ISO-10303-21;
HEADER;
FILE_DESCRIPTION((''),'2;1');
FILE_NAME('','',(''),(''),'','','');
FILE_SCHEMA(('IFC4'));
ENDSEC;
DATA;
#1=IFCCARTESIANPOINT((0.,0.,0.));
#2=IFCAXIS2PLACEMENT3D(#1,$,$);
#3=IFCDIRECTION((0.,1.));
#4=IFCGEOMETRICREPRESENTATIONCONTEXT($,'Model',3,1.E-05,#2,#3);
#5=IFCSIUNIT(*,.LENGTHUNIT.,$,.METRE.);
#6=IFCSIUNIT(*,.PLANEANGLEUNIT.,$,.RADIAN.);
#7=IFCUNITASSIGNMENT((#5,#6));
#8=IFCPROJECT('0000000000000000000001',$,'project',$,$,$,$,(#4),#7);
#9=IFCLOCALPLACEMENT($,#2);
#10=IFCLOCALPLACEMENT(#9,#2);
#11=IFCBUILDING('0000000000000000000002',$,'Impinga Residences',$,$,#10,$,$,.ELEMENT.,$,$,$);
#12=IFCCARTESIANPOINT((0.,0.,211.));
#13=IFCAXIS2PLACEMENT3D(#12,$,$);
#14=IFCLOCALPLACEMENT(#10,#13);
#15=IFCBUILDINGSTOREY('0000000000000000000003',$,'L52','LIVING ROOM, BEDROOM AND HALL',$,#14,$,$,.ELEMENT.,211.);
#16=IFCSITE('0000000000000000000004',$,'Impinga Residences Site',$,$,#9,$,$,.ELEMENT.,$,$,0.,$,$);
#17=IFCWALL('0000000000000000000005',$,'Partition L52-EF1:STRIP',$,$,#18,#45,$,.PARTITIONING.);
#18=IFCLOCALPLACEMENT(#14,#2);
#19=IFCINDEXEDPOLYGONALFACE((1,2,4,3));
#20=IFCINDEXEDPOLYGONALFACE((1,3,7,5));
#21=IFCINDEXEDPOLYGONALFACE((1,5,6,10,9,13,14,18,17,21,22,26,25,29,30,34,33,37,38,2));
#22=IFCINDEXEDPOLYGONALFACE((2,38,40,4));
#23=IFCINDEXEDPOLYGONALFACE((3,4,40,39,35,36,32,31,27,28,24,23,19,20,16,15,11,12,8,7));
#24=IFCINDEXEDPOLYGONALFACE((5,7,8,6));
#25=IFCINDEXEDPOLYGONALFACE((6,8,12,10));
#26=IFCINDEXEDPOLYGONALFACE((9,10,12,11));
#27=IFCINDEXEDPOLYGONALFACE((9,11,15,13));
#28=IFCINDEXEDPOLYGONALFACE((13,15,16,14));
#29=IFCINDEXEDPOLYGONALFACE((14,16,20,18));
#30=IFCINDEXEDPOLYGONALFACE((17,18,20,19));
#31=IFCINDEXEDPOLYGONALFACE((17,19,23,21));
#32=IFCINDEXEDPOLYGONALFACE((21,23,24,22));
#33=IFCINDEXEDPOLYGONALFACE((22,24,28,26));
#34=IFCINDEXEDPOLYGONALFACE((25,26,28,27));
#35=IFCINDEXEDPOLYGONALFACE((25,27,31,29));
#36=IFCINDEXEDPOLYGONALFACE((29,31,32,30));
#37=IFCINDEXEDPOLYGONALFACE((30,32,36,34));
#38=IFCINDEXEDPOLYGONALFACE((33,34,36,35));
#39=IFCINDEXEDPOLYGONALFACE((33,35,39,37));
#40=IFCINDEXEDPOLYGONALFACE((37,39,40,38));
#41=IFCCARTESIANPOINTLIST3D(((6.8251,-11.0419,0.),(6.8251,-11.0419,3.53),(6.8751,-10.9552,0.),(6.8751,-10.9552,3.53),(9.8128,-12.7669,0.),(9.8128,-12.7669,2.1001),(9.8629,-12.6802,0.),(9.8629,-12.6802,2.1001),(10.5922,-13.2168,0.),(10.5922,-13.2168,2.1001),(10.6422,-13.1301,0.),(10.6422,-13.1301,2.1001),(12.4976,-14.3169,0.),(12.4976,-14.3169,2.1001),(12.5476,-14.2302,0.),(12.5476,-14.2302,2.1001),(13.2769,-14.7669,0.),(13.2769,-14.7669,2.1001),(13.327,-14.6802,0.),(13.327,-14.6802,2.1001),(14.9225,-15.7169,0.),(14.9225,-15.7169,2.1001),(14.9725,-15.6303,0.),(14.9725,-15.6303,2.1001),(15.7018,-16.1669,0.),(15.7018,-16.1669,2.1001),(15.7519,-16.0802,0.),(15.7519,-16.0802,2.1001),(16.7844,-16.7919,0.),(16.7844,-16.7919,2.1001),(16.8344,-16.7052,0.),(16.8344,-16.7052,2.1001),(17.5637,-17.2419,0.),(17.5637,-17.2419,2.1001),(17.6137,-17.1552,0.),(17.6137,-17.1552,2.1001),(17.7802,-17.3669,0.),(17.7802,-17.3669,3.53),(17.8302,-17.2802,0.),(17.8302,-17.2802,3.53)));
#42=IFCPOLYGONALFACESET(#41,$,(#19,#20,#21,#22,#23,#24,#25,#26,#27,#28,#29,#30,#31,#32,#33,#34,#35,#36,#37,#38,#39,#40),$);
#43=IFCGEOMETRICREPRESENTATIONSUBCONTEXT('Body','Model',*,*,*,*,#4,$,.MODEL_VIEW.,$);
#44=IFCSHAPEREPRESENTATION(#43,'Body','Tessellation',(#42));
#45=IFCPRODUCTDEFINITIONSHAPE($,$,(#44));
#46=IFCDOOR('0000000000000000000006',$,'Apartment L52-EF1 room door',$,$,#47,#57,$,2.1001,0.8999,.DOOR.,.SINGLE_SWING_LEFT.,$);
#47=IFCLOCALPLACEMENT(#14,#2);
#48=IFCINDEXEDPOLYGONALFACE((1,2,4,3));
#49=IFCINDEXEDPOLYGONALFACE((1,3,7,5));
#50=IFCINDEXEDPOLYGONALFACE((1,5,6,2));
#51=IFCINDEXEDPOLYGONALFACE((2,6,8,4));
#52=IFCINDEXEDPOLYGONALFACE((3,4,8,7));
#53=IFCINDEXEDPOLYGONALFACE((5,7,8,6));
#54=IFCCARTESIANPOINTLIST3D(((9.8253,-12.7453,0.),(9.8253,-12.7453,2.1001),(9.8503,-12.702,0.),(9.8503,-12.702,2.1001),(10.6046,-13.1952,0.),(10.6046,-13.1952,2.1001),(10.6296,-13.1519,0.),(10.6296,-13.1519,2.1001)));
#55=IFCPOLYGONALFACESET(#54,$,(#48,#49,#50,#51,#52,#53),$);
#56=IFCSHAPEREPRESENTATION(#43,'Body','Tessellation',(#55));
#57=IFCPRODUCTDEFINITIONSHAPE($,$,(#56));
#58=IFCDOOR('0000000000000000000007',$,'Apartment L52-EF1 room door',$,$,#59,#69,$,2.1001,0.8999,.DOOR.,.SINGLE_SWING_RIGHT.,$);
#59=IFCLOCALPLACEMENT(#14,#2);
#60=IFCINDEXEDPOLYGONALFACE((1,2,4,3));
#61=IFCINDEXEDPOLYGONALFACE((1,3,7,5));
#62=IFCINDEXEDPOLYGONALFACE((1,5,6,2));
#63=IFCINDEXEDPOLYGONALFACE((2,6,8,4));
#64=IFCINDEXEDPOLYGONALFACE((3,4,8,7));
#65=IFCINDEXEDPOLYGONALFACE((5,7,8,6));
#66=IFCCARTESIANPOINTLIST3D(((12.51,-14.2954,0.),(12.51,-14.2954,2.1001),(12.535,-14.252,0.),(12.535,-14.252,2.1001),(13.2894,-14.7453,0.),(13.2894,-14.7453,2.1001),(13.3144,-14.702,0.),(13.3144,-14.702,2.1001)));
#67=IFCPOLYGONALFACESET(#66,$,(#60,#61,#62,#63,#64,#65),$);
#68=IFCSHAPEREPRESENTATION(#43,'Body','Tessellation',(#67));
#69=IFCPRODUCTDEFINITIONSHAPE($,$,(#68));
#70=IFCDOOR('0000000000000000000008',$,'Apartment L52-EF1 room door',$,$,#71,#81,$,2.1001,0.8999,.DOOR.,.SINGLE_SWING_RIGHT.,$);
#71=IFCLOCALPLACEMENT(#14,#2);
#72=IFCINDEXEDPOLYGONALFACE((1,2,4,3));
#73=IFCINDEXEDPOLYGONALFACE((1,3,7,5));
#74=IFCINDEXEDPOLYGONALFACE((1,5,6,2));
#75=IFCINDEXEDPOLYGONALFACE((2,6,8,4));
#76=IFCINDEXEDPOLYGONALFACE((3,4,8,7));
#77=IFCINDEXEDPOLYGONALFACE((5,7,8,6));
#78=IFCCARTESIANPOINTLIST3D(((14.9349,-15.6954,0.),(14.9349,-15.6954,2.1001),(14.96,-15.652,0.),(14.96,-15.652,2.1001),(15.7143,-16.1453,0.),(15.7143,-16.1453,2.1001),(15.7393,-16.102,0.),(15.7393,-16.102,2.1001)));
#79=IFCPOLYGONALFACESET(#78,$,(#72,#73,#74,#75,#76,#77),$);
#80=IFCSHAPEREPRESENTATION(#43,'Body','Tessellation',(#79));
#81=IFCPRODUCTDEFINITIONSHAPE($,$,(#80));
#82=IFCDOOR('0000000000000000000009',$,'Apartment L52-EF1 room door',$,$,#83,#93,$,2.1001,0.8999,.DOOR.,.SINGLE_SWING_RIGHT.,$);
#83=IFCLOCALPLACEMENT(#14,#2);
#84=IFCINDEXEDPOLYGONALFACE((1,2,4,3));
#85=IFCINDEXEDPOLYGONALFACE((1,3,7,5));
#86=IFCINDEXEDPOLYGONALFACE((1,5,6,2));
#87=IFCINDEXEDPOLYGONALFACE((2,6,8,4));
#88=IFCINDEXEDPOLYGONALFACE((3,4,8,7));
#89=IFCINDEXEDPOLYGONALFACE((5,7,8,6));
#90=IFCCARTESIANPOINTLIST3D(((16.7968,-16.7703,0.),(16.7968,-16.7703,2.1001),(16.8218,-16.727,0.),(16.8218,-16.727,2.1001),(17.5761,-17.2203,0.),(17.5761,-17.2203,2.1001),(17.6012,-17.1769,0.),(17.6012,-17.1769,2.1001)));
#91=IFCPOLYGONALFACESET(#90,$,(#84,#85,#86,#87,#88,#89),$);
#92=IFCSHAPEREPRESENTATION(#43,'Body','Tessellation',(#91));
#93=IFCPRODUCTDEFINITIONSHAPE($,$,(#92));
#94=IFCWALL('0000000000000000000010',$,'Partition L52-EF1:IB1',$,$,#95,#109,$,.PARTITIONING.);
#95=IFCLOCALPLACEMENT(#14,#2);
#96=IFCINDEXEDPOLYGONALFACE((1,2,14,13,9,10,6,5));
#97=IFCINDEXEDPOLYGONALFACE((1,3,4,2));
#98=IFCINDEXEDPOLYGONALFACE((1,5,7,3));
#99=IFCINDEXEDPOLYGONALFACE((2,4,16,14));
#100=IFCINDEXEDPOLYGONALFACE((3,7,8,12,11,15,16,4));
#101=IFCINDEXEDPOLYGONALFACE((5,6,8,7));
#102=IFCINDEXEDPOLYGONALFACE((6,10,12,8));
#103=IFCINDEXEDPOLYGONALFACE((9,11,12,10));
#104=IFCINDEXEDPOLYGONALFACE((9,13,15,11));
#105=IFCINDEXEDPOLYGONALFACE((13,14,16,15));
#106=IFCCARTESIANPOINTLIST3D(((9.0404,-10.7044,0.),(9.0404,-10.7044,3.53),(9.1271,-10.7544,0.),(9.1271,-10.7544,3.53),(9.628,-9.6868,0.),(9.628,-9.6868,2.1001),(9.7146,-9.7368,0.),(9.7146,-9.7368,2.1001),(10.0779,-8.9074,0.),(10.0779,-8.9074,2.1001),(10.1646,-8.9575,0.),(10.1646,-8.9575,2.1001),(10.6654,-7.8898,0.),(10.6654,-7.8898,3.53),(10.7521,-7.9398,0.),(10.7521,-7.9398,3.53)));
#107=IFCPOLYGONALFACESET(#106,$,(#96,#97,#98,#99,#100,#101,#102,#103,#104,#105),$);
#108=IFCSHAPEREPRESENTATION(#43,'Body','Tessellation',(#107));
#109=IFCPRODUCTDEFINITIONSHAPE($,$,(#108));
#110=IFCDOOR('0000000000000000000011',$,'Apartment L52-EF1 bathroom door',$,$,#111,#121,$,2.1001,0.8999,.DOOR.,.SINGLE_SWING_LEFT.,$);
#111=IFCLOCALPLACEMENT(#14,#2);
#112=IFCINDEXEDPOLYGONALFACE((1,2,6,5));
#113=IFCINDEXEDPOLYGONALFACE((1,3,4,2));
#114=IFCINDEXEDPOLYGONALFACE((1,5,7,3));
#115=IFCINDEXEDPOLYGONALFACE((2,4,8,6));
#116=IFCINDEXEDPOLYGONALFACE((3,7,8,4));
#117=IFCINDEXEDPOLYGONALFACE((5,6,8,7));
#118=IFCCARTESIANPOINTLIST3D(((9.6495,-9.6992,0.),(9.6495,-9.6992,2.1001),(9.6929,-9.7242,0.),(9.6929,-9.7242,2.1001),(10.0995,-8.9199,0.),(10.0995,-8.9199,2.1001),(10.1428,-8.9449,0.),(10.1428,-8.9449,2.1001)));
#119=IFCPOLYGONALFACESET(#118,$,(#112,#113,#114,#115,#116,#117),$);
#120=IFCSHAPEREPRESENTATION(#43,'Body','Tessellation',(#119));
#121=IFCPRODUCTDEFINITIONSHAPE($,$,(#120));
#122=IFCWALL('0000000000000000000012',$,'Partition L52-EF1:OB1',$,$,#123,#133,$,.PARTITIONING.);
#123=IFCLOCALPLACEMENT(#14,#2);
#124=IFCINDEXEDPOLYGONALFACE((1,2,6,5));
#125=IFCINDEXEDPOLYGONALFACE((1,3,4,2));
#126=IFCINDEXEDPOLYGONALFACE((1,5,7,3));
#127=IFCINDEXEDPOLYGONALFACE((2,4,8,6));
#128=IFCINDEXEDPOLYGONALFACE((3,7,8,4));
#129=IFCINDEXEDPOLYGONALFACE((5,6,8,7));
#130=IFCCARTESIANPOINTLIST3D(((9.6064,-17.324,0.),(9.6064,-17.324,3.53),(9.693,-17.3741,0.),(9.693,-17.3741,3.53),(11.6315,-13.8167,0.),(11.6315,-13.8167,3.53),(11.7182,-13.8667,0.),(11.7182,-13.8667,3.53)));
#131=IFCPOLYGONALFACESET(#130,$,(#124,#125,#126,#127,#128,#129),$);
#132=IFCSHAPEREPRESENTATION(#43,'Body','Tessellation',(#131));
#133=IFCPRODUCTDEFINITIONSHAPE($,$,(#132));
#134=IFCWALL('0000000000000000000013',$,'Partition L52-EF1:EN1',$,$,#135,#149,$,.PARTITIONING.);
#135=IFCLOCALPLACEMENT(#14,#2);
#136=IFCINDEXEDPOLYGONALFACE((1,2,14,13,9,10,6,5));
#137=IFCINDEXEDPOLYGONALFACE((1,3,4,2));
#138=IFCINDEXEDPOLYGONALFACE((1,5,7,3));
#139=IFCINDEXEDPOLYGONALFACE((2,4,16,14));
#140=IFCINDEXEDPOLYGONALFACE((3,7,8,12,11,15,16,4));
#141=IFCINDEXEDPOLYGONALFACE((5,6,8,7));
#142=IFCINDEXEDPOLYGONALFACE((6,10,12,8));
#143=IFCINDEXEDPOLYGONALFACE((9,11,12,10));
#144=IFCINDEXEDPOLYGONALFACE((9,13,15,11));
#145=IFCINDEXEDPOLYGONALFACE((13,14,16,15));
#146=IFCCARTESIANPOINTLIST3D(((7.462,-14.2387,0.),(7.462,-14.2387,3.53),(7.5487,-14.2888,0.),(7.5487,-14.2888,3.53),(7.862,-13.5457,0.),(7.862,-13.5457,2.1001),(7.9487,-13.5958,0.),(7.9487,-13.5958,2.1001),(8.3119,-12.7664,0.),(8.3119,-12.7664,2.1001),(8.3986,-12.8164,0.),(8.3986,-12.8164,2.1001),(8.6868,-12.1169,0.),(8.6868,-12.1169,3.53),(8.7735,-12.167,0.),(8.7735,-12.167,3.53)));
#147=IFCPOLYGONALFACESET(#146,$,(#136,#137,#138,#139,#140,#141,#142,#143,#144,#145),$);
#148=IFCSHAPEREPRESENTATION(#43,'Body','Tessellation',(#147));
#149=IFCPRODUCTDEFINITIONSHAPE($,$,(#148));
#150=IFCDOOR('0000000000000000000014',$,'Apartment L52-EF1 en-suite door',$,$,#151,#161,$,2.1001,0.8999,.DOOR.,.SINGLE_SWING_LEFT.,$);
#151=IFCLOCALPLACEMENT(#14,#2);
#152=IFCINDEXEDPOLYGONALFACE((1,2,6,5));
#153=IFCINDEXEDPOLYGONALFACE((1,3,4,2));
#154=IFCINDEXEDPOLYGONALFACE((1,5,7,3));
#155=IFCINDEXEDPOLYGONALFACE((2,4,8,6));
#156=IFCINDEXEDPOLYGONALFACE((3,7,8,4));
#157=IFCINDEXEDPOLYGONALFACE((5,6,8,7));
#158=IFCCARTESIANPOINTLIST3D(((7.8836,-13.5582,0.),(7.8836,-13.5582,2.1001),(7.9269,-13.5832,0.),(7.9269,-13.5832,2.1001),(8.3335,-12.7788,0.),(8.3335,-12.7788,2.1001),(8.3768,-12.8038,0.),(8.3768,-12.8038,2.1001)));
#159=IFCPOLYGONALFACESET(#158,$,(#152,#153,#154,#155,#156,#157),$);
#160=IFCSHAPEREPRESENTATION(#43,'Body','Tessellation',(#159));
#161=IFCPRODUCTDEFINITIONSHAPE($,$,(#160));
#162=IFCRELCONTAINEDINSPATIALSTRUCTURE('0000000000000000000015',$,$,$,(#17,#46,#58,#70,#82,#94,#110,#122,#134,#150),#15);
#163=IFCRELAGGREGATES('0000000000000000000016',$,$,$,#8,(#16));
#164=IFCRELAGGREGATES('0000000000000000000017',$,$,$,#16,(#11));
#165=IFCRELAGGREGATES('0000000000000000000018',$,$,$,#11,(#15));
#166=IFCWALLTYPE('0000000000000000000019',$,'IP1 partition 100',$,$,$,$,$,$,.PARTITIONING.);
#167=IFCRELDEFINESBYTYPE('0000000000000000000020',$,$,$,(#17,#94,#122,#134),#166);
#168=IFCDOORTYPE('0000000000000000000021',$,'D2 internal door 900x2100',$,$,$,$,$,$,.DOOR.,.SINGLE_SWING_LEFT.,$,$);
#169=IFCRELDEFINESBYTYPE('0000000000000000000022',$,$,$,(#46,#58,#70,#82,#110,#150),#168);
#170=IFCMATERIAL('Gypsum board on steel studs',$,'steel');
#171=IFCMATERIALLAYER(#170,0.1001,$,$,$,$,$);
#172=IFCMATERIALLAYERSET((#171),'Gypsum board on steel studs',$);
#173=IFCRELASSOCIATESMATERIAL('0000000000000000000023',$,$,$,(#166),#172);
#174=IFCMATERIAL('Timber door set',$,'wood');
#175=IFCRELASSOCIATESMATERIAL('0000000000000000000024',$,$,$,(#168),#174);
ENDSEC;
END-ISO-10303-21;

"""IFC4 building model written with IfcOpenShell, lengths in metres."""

from ifc_helpers import new_model, si_unit, direction, frame, frame_2d, origin, place, context, subcontext, project, spatial, rectangle, extrude, material, layer, layer_set, type_object, element, fill, save


model = new_model("IFC4")

# Units and contexts
model_context = context("Model", 3, precision=1e-05, world=origin(), true_north=direction((0.0, 1.0)))
body_context = subcontext(model_context, "Body", "Model", "MODEL_VIEW")
ifc_project = project(units=[si_unit("LENGTHUNIT", "METRE"), si_unit("PLANEANGLEUNIT", "RADIAN")], contexts=[model_context])

# Site, building, storey
site_placement = place(None, origin())
site = spatial("IfcSite", under=ifc_project, at=site_placement, Name="Impinga Residences Site", CompositionType="ELEMENT", RefElevation=0.0)
building_placement = place(site_placement, origin())
building = spatial("IfcBuilding", under=site, at=building_placement, Name="Impinga Residences", CompositionType="ELEMENT")
storey_placement = place(building_placement, frame((0.0, 0.0, 211.0)))
storey = spatial("IfcBuildingStorey", under=building, at=storey_placement, Name="L52", Description="LIVING ROOM, BEDROOM AND HALL", CompositionType="ELEMENT", Elevation=211.0)

# Shared definitions
ifc_material_1 = material(Name="Timber door set", Category="wood")

# Shared definitions
ifc_material_2 = material(Name="Gypsum board on steel studs", Category="steel")
ifc_layer_1 = layer(ifc_material_2, 0.1001)
ifc_layer_set_1 = layer_set([ifc_layer_1], Name="Gypsum board on steel studs")
wall_type_1 = type_object("IfcWallType", Name="IP1 partition 100", PredefinedType="PARTITIONING", material=ifc_layer_set_1)

# Wall, openings, doors
wall_1_placement = place(storey_placement, frame((6.8501, -10.9985, 0.0), z_axis=(0.0, 0.0, 1.0), x_axis=(0.866024, -0.500002, 0.0)))
wall_1 = element("IfcWall", 1, at=wall_1_placement, inside=storey, type_object=wall_type_1, Name="Partition L52-EF1:STRIP", PredefinedType="PARTITIONING", context=body_context, shape_type="SweptSolid", body=[
    extrude(rectangle(XDim=12.6499, YDim=0.1001, at=frame_2d((6.325, 0.0))), origin(), (0.0, 0.0, 1.0), 3.53),
])
opening_1_placement = place(wall_1_placement, frame((3.45, 0.0, 0.0)))
opening_1 = element("IfcOpeningElement", 2, at=opening_1_placement, cuts=wall_1, PredefinedType="OPENING", context=body_context, shape_type="SweptSolid", body=[
    extrude(rectangle(XDim=0.8999, YDim=2.1001, at=frame_2d((0.45, 1.05))), frame((0.0, 0.0601, 0.0), z_axis=(0.0, -1.0, 0.0), x_axis=(1.0, 0.0, 0.0)), (0.0, 0.0, 1.0), 0.1201),
])
opening_2_placement = place(wall_1_placement, frame((6.55, 0.0, 0.0)))
opening_2 = element("IfcOpeningElement", 3, at=opening_2_placement, cuts=wall_1, PredefinedType="OPENING", context=body_context, shape_type="SweptSolid", body=[
    extrude(rectangle(XDim=0.8999, YDim=2.1001, at=frame_2d((0.45, 1.05))), frame((0.0, 0.0601, 0.0), z_axis=(0.0, -1.0, 0.0), x_axis=(1.0, 0.0, 0.0)), (0.0, 0.0, 1.0), 0.1201),
])
opening_3_placement = place(wall_1_placement, frame((9.3501, 0.0, 0.0)))
opening_3 = element("IfcOpeningElement", 4, at=opening_3_placement, cuts=wall_1, PredefinedType="OPENING", context=body_context, shape_type="SweptSolid", body=[
    extrude(rectangle(XDim=0.8999, YDim=2.1001, at=frame_2d((0.45, 1.05))), frame((0.0, 0.0601, 0.0), z_axis=(0.0, -1.0, 0.0), x_axis=(1.0, 0.0, 0.0)), (0.0, 0.0, 1.0), 0.1201),
])
opening_4_placement = place(wall_1_placement, frame((11.5, 0.0, 0.0)))
opening_4 = element("IfcOpeningElement", 5, at=opening_4_placement, cuts=wall_1, PredefinedType="OPENING", context=body_context, shape_type="SweptSolid", body=[
    extrude(rectangle(XDim=0.8999, YDim=2.1001, at=frame_2d((0.45, 1.05))), frame((0.0, 0.0601, 0.0), z_axis=(0.0, -1.0, 0.0), x_axis=(1.0, 0.0, 0.0)), (0.0, 0.0, 1.0), 0.1201),
])
door_type_1 = type_object("IfcDoorType", Name="D2 internal door 900x2100", OperationType="SINGLE_SWING_LEFT", PredefinedType="DOOR", material=ifc_material_1)
door_1_placement = place(opening_1_placement, origin())
door_1 = element("IfcDoor", 6, at=door_1_placement, inside=storey, type_object=door_type_1, Name="Apartment L52-EF1 room door", OperationType="SINGLE_SWING_LEFT", OverallHeight=2.1001, OverallWidth=0.8999, PredefinedType="DOOR", context=body_context, shape_type="SweptSolid", body=[
    extrude(rectangle(XDim=0.8999, YDim=2.1001, at=frame_2d((0.45, 1.05))), frame((0.0, 0.0249, 0.0), z_axis=(0.0, -1.0, 0.0), x_axis=(1.0, 0.0, 0.0)), (0.0, 0.0, 1.0), 0.05),
])
fill(opening_1, door_1)
door_2_placement = place(opening_2_placement, origin())
door_2 = element("IfcDoor", 7, at=door_2_placement, inside=storey, type_object=door_type_1, Name="Apartment L52-EF1 room door", OperationType="SINGLE_SWING_RIGHT", OverallHeight=2.1001, OverallWidth=0.8999, PredefinedType="DOOR", context=body_context, shape_type="SweptSolid", body=[
    extrude(rectangle(XDim=0.8999, YDim=2.1001, at=frame_2d((0.45, 1.05))), frame((0.0, 0.0249, 0.0), z_axis=(0.0, -1.0, 0.0), x_axis=(1.0, 0.0, 0.0)), (0.0, 0.0, 1.0), 0.05),
])
fill(opening_2, door_2)
door_3_placement = place(opening_3_placement, origin())
door_3 = element("IfcDoor", 8, at=door_3_placement, inside=storey, type_object=door_type_1, Name="Apartment L52-EF1 room door", OperationType="SINGLE_SWING_RIGHT", OverallHeight=2.1001, OverallWidth=0.8999, PredefinedType="DOOR", context=body_context, shape_type="SweptSolid", body=[
    extrude(rectangle(XDim=0.8999, YDim=2.1001, at=frame_2d((0.45, 1.05))), frame((0.0, 0.0249, 0.0), z_axis=(0.0, -1.0, 0.0), x_axis=(1.0, 0.0, 0.0)), (0.0, 0.0, 1.0), 0.05),
])
fill(opening_3, door_3)
door_4_placement = place(opening_4_placement, origin())
door_4 = element("IfcDoor", 9, at=door_4_placement, inside=storey, type_object=door_type_1, Name="Apartment L52-EF1 room door", OperationType="SINGLE_SWING_RIGHT", OverallHeight=2.1001, OverallWidth=0.8999, PredefinedType="DOOR", context=body_context, shape_type="SweptSolid", body=[
    extrude(rectangle(XDim=0.8999, YDim=2.1001, at=frame_2d((0.45, 1.05))), frame((0.0, 0.0249, 0.0), z_axis=(0.0, -1.0, 0.0), x_axis=(1.0, 0.0, 0.0)), (0.0, 0.0, 1.0), 0.05),
])
fill(opening_4, door_4)

# Wall, opening, door
wall_2_placement = place(storey_placement, frame((10.7087, -7.9148, 0.0), z_axis=(0.0, 0.0, 1.0), x_axis=(-0.499985, -0.866034, 0.0)))
wall_2 = element("IfcWall", 10, at=wall_2_placement, inside=storey, type_object=wall_type_1, Name="Partition L52-EF1:IB1", PredefinedType="PARTITIONING", context=body_context, shape_type="SweptSolid", body=[
    extrude(rectangle(XDim=3.25, YDim=0.1001, at=frame_2d((1.625, 0.0))), origin(), (0.0, 0.0, 1.0), 3.53),
])
opening_5_placement = place(wall_2_placement, frame((1.175, 0.0, 0.0)))
opening_5 = element("IfcOpeningElement", 11, at=opening_5_placement, cuts=wall_2, PredefinedType="OPENING", context=body_context, shape_type="SweptSolid", body=[
    extrude(rectangle(XDim=0.8999, YDim=2.1001, at=frame_2d((0.45, 1.05))), frame((0.0, 0.0601, 0.0), z_axis=(0.0, -1.0, 0.0), x_axis=(1.0, 0.0, 0.0)), (0.0, 0.0, 1.0), 0.1201),
])
door_5_placement = place(opening_5_placement, origin())
door_5 = element("IfcDoor", 12, at=door_5_placement, inside=storey, type_object=door_type_1, Name="Apartment L52-EF1 bathroom door", OperationType="SINGLE_SWING_LEFT", OverallHeight=2.1001, OverallWidth=0.8999, PredefinedType="DOOR", context=body_context, shape_type="SweptSolid", body=[
    extrude(rectangle(XDim=0.8999, YDim=2.1001, at=frame_2d((0.45, 1.05))), frame((0.0, 0.0249, 0.0), z_axis=(0.0, -1.0, 0.0), x_axis=(1.0, 0.0, 0.0)), (0.0, 0.0, 1.0), 0.05),
])
fill(opening_5, door_5)

# Wall
wall_3_placement = place(storey_placement, frame((11.6748, -13.8418, 0.0), z_axis=(0.0, 0.0, 1.0), x_axis=(-0.500036, -0.866005, 0.0)))
element("IfcWall", 13, at=wall_3_placement, inside=storey, type_object=wall_type_1, Name="Partition L52-EF1:OB1", PredefinedType="PARTITIONING", context=body_context, shape_type="SweptSolid", body=[
    extrude(rectangle(XDim=4.05, YDim=0.1001, at=frame_2d((2.0249, 0.0))), origin(), (0.0, 0.0, 1.0), 3.53),
])

# Wall, opening, door
wall_4_placement = place(storey_placement, frame((8.7302, -12.1418, 0.0), z_axis=(0.0, 0.0, 1.0), x_axis=(-0.499944, -0.866058, 0.0)))
wall_4 = element("IfcWall", 14, at=wall_4_placement, inside=storey, type_object=wall_type_1, Name="Partition L52-EF1:EN1", PredefinedType="PARTITIONING", context=body_context, shape_type="SweptSolid", body=[
    extrude(rectangle(XDim=2.45, YDim=0.1001, at=frame_2d((1.2251, 0.0))), origin(), (0.0, 0.0, 1.0), 3.53),
])
opening_6_placement = place(wall_4_placement, frame((0.75, 0.0, 0.0)))
opening_6 = element("IfcOpeningElement", 15, at=opening_6_placement, cuts=wall_4, PredefinedType="OPENING", context=body_context, shape_type="SweptSolid", body=[
    extrude(rectangle(XDim=0.8999, YDim=2.1001, at=frame_2d((0.45, 1.05))), frame((0.0, 0.0601, 0.0), z_axis=(0.0, -1.0, 0.0), x_axis=(1.0, 0.0, 0.0)), (0.0, 0.0, 1.0), 0.1201),
])
door_6_placement = place(opening_6_placement, origin())
door_6 = element("IfcDoor", 16, at=door_6_placement, inside=storey, type_object=door_type_1, Name="Apartment L52-EF1 en-suite door", OperationType="SINGLE_SWING_LEFT", OverallHeight=2.1001, OverallWidth=0.8999, PredefinedType="DOOR", context=body_context, shape_type="SweptSolid", body=[
    extrude(rectangle(XDim=0.8999, YDim=2.1001, at=frame_2d((0.45, 1.05))), frame((0.0, 0.0249, 0.0), z_axis=(0.0, -1.0, 0.0), x_axis=(1.0, 0.0, 0.0)), (0.0, 0.0, 1.0), 0.05),
])
fill(opening_6, door_6)

save(model, "model.ifc")
